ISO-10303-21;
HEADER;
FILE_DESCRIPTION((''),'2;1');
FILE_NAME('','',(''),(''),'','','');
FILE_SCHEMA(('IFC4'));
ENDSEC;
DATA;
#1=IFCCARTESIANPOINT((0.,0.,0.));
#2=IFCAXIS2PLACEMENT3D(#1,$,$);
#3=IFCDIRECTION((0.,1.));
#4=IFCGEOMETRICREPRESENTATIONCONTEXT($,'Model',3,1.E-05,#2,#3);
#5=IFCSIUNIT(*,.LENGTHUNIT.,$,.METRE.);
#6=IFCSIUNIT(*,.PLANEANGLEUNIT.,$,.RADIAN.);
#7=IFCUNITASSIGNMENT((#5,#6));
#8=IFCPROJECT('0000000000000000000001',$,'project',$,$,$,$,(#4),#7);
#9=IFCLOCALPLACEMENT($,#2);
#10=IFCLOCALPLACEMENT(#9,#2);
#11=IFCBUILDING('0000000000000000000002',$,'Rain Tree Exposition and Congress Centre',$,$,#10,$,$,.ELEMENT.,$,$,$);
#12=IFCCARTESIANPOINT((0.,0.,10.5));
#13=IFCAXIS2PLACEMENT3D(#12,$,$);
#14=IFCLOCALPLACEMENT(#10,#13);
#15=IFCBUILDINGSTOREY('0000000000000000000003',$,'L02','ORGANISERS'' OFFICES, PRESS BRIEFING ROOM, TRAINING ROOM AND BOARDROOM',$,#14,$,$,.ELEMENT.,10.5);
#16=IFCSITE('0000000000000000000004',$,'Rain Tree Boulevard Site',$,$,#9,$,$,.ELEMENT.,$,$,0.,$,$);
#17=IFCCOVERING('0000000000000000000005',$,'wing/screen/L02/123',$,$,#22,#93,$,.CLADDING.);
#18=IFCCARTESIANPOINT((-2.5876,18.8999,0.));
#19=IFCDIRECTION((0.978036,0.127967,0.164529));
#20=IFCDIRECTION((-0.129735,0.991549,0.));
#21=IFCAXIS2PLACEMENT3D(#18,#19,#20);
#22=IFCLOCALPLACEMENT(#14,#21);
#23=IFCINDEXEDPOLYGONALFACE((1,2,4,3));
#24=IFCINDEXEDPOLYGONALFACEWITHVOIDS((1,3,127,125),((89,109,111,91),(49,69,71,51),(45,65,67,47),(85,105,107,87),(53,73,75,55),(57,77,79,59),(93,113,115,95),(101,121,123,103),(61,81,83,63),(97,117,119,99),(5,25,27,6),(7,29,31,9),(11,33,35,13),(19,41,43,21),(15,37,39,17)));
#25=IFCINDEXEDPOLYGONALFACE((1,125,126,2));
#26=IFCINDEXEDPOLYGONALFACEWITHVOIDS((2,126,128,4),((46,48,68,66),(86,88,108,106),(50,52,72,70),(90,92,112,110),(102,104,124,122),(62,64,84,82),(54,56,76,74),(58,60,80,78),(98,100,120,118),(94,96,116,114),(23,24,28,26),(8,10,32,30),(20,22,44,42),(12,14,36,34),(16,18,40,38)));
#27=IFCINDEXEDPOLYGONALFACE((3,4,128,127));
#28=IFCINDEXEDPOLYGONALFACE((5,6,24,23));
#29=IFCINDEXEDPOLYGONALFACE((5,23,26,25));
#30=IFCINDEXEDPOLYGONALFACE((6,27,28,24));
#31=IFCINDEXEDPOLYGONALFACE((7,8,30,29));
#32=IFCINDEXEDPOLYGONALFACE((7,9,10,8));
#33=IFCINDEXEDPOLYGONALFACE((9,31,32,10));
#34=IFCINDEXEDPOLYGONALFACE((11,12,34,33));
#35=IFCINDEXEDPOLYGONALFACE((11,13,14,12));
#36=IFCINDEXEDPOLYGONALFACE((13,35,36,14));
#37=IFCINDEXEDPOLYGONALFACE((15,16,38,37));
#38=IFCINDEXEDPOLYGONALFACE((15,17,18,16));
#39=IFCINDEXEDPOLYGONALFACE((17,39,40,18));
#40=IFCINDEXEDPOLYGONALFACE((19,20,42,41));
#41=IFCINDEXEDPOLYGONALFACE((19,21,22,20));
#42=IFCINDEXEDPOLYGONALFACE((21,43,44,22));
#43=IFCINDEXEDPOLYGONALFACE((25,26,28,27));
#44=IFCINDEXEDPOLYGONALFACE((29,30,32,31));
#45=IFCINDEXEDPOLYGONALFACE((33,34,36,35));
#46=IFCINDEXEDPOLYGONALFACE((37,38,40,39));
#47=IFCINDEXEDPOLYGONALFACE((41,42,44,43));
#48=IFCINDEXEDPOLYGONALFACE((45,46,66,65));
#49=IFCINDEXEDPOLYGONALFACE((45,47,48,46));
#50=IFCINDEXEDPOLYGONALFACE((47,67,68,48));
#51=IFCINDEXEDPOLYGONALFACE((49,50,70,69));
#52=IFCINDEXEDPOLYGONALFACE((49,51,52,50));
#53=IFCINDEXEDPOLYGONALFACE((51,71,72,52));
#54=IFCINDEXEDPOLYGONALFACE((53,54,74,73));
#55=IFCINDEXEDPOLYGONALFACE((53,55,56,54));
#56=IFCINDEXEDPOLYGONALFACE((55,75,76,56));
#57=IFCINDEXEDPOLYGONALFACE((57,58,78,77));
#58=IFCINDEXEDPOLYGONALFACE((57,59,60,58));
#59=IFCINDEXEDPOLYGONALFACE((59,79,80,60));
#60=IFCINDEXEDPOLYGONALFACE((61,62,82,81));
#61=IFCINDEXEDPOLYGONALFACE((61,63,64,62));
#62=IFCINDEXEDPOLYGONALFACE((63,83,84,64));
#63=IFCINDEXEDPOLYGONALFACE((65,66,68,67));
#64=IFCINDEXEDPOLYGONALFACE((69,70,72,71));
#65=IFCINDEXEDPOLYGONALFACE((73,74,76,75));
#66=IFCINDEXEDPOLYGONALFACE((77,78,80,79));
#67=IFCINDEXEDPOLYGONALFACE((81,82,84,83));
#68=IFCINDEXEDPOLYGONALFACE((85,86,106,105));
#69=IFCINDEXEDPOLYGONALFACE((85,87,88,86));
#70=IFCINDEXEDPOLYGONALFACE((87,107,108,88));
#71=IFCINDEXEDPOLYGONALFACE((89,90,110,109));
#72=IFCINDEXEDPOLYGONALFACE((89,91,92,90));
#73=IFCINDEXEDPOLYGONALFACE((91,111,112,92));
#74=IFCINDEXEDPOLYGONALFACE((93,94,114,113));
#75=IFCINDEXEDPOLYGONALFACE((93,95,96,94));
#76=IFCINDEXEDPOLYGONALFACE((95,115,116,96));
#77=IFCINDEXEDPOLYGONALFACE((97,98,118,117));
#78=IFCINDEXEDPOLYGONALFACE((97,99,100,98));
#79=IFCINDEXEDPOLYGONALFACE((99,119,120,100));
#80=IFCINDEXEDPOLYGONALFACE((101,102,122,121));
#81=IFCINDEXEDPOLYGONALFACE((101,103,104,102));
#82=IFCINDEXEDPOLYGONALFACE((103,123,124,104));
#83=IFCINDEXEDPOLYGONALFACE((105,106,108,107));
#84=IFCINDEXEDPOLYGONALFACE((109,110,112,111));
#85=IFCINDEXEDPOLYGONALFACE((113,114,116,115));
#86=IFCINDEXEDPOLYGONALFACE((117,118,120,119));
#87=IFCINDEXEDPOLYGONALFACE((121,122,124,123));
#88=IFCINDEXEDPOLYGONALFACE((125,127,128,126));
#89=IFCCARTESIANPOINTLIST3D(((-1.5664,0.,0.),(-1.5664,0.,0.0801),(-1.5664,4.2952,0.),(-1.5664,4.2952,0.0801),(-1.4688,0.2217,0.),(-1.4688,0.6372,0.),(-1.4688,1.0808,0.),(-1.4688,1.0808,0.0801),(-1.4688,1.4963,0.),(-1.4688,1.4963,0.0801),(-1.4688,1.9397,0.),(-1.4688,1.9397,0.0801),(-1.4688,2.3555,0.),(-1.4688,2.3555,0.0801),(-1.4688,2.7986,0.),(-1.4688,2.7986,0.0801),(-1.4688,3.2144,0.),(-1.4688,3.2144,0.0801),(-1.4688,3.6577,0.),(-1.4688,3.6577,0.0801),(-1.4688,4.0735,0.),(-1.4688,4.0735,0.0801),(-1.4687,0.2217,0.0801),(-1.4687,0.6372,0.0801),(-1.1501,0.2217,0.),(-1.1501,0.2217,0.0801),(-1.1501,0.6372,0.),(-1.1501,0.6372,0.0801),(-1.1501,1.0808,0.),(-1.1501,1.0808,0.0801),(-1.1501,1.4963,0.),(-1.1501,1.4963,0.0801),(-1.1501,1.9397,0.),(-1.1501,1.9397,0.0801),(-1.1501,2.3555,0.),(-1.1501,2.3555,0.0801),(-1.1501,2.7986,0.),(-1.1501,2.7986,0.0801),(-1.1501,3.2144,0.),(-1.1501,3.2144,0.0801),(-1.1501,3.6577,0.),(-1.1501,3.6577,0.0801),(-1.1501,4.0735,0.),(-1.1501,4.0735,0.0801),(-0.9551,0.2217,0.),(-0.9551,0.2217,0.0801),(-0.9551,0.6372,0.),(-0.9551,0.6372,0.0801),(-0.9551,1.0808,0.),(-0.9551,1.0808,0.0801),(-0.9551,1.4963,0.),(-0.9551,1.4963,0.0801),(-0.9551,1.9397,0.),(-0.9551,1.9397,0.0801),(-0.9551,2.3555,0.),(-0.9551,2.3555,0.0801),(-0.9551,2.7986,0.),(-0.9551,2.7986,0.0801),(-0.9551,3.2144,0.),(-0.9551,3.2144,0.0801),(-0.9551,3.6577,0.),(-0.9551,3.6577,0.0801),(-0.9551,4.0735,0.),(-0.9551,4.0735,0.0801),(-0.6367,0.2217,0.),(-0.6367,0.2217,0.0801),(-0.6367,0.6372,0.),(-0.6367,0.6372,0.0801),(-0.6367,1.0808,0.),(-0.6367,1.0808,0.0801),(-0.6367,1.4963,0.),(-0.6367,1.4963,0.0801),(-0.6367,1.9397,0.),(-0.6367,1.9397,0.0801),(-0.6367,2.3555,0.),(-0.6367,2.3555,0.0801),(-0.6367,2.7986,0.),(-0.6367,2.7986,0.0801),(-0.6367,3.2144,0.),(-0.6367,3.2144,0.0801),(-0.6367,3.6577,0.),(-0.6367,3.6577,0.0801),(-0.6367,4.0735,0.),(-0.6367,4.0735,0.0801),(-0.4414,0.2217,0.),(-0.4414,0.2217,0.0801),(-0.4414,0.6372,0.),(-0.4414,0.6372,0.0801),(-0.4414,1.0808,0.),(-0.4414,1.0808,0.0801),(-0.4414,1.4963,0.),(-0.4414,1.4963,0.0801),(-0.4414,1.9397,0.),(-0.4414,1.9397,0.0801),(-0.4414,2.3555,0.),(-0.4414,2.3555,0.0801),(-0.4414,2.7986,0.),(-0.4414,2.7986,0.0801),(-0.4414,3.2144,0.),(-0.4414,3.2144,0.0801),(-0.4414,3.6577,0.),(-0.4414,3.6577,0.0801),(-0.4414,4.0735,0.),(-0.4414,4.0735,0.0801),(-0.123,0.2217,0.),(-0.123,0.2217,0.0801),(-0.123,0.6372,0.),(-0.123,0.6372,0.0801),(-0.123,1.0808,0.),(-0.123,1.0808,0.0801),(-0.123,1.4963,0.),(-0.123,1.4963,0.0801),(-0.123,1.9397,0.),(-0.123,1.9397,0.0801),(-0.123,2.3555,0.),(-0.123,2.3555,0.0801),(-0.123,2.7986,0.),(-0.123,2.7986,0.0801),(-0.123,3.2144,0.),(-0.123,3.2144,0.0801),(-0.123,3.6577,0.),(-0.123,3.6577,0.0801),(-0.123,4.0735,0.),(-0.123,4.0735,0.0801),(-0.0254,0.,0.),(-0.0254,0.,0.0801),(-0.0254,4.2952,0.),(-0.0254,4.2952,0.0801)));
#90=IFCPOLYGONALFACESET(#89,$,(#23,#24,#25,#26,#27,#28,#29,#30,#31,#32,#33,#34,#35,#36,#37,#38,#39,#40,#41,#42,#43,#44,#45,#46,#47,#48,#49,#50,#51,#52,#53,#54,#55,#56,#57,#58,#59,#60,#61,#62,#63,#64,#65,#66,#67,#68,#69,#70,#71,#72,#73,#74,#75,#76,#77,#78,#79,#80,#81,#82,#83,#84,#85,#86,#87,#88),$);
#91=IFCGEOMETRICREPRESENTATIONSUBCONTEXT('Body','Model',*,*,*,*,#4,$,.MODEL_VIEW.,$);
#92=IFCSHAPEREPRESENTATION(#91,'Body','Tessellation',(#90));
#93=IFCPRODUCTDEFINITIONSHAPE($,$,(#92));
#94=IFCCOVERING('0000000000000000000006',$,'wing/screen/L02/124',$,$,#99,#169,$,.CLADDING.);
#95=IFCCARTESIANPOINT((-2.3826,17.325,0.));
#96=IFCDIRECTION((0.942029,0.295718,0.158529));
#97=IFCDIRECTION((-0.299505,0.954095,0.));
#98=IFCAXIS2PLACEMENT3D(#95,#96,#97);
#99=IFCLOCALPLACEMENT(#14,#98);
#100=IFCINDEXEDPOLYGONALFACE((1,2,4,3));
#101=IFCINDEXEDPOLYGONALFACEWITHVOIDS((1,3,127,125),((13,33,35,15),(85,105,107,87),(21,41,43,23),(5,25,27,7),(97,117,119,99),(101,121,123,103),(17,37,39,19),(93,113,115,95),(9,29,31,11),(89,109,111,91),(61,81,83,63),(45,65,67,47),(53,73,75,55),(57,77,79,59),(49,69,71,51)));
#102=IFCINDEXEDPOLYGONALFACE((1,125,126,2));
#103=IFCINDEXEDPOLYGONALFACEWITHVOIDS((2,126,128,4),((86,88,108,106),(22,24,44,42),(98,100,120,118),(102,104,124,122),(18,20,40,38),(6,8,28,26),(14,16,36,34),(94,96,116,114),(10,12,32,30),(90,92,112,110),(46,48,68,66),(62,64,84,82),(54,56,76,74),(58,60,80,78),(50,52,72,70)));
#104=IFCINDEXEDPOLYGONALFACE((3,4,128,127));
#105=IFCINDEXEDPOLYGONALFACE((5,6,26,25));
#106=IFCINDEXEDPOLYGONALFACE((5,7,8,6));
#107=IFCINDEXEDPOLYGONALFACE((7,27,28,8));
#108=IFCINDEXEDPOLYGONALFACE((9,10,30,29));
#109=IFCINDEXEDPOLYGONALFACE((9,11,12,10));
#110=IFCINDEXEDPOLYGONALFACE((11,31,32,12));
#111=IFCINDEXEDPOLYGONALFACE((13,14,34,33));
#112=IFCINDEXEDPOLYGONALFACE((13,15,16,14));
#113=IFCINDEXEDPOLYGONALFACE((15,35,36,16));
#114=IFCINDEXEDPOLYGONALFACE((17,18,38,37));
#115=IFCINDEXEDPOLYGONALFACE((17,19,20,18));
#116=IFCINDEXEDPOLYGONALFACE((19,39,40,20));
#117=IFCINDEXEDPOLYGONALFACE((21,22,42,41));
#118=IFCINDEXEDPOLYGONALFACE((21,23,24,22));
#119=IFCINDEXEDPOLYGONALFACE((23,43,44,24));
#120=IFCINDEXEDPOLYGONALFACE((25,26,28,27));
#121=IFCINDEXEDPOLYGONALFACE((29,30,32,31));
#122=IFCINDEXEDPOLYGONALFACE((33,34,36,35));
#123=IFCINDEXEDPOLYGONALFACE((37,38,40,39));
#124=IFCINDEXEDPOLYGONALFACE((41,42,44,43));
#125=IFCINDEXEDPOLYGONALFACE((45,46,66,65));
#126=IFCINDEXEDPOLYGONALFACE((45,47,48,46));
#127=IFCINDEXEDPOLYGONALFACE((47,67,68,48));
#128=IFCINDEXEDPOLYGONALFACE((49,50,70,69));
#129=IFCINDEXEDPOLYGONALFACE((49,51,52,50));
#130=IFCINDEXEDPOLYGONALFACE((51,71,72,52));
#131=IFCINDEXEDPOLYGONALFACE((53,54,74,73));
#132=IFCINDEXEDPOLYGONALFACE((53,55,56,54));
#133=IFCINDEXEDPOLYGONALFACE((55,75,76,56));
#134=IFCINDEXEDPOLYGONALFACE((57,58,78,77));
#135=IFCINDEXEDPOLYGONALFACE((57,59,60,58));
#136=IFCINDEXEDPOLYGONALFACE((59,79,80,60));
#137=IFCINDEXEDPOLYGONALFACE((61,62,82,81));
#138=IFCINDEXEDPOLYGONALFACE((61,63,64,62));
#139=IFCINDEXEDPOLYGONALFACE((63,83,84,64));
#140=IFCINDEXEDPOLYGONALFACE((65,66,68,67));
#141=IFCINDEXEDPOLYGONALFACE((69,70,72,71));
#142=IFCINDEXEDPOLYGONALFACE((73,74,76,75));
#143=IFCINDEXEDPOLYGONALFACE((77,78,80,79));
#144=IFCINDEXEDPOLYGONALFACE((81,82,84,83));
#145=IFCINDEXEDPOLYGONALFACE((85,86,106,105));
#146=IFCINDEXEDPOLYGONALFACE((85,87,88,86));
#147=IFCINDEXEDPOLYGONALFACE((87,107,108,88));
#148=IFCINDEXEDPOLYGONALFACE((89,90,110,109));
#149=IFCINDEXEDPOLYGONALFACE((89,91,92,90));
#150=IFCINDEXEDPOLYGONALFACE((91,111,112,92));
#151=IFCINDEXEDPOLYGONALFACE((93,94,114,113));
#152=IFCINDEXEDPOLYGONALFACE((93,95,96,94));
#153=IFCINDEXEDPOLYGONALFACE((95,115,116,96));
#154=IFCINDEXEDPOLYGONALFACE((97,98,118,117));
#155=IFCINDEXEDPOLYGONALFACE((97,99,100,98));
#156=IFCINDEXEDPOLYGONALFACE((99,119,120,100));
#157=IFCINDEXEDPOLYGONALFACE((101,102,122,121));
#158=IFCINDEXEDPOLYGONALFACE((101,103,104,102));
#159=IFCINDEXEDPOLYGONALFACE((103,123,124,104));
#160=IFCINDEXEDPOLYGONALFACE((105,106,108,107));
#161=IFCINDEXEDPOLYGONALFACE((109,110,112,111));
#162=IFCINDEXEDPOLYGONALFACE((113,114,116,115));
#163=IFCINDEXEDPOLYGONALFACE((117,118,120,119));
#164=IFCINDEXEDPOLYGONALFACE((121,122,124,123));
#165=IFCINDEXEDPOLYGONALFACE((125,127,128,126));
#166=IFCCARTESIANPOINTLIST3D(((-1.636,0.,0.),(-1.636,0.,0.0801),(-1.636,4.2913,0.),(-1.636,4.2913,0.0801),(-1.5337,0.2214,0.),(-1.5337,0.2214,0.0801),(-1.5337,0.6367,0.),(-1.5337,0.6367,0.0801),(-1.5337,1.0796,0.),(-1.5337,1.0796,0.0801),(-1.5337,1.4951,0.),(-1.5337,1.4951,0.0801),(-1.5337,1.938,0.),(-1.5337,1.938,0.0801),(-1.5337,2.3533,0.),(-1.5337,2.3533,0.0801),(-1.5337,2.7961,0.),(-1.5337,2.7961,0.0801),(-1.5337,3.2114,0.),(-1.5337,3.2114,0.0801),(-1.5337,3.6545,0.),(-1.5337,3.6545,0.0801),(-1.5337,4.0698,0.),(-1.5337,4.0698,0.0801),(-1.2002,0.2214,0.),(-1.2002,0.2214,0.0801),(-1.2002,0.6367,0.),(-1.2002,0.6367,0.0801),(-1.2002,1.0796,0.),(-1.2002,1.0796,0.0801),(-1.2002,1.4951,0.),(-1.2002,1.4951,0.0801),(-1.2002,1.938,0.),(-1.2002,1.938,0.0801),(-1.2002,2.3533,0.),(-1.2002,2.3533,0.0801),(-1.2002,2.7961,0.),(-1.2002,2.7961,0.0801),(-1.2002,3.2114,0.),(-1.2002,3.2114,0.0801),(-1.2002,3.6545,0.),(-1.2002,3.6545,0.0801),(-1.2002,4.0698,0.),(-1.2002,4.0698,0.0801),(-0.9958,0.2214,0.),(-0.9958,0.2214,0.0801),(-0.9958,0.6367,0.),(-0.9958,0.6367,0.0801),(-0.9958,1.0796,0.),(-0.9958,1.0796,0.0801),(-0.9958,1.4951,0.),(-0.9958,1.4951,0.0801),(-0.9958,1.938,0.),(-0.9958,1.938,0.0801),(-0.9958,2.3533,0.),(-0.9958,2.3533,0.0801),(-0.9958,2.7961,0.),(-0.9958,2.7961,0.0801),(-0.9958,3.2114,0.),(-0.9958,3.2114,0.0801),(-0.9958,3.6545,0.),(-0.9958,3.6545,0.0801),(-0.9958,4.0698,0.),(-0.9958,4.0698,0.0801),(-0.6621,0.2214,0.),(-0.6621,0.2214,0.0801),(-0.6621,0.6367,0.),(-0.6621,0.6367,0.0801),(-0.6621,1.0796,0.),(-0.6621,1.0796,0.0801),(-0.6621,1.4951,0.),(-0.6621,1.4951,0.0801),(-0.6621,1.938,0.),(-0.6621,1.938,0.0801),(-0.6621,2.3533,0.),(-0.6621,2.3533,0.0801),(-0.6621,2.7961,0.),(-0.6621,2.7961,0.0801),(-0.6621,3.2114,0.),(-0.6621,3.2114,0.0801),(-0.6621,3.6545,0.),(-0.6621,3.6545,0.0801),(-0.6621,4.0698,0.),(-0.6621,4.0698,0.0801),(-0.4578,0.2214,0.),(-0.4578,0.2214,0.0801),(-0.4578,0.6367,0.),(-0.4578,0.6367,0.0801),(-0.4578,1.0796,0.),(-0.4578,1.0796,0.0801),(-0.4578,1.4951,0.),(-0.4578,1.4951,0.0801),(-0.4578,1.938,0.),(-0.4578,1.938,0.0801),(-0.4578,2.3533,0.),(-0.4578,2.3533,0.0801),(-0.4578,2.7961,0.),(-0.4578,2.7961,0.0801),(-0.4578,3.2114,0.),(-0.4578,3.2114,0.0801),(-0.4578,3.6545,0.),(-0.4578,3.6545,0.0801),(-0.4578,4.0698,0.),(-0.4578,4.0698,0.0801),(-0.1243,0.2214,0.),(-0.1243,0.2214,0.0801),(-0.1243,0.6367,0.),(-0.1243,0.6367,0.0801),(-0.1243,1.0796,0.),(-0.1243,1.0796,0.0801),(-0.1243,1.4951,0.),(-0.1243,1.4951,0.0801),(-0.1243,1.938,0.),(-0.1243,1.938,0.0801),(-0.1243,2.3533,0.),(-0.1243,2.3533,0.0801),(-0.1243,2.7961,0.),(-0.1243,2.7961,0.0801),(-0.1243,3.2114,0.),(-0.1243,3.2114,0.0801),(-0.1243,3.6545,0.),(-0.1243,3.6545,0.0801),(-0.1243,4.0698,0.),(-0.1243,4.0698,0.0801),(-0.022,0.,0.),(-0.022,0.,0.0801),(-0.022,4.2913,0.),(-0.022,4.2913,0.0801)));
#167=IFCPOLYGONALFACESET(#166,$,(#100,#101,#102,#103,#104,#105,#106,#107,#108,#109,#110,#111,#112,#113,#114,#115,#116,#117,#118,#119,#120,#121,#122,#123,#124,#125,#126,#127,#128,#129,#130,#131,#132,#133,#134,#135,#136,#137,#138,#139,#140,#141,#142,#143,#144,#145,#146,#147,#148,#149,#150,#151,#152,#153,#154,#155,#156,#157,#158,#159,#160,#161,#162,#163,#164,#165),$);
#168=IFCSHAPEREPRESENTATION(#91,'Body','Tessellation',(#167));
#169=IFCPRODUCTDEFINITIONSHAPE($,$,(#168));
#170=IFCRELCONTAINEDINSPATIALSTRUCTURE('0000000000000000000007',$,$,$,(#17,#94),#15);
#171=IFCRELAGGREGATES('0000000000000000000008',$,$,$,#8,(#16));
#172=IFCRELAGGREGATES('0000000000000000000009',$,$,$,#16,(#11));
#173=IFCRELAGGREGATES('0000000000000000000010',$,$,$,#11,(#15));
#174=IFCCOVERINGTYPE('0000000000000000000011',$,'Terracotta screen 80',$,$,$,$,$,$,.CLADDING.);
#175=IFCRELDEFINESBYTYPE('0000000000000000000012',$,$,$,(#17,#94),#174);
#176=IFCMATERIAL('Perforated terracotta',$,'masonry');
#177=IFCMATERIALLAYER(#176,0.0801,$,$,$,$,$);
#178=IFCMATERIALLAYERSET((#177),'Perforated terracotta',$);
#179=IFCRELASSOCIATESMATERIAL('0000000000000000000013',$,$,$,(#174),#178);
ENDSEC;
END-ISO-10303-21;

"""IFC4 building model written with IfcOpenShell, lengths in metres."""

from ifc_helpers import new_model, si_unit, direction, frame, origin, place, context, subcontext, project, spatial, polyline, outline, extrude, material, layer, layer_set, type_object, element, save


model = new_model("IFC4")

# Units and contexts
model_context = context("Model", 3, precision=1e-05, world=origin(), true_north=direction((0.0, 1.0)))
body_context = subcontext(model_context, "Body", "Model", "MODEL_VIEW")
ifc_project = project(units=[si_unit("LENGTHUNIT", "METRE"), si_unit("PLANEANGLEUNIT", "RADIAN")], contexts=[model_context])

# Site, building, storey
site_placement = place(None, origin())
site = spatial("IfcSite", under=ifc_project, at=site_placement, Name="Rain Tree Boulevard Site", CompositionType="ELEMENT", RefElevation=0.0)
building_placement = place(site_placement, origin())
building = spatial("IfcBuilding", under=site, at=building_placement, Name="Rain Tree Exposition and Congress Centre", CompositionType="ELEMENT")
storey_placement = place(building_placement, frame((0.0, 0.0, 10.5)))
storey = spatial("IfcBuildingStorey", under=building, at=storey_placement, Name="L02", Description="ORGANISERS' OFFICES, PRESS BRIEFING ROOM, TRAINING ROOM AND BOARDROOM", CompositionType="ELEMENT", Elevation=10.5)

# Coverings
ifc_material_1 = material(Name="Perforated terracotta", Category="masonry")
ifc_layer_1 = layer(ifc_material_1, 0.0801)
ifc_layer_set_1 = layer_set([ifc_layer_1], Name="Perforated terracotta")
covering_type = type_object("IfcCoveringType", Name="Terracotta screen 80", PredefinedType="CLADDING", material=ifc_layer_set_1)
covering_1_placement = place(storey_placement, frame((-2.5876, 18.8999, 0.0), z_axis=(0.978036, 0.127967, 0.164529), x_axis=(-0.129735, 0.991549, 0.0)))
element("IfcCovering", 1, at=covering_1_placement, inside=storey, type_object=covering_type, Name="wing/screen/L02/123", PredefinedType="CLADDING", context=body_context, shape_type="SweptSolid", body=[
    extrude(outline(polyline([(-1.5664, 0.0), (-1.5664, 4.2952), (-0.0254, 4.2952), (-0.0254, 0.0), (-1.5664, 0.0)]), holes=[polyline([(-0.123, 0.2217), (-0.123, 0.6372), (-0.4414, 0.6372), (-0.4414, 0.2217), (-0.123, 0.2217)]), polyline([(-0.123, 1.0808), (-0.123, 1.4963), (-0.4414, 1.4963), (-0.4414, 1.0808), (-0.123, 1.0808)]), polyline([(-0.123, 1.9397), (-0.123, 2.3555), (-0.4414, 2.3555), (-0.4414, 1.9397), (-0.123, 1.9397)]), polyline([(-0.123, 2.7986), (-0.123, 3.2144), (-0.4414, 3.2144), (-0.4414, 2.7986), (-0.123, 2.7986)]), polyline([(-0.123, 3.6577), (-0.123, 4.0735), (-0.4414, 4.0735), (-0.4414, 3.6577), (-0.123, 3.6577)]), polyline([(-0.6367, 0.2217), (-0.6367, 0.6372), (-0.9551, 0.6372), (-0.9551, 0.2217), (-0.6367, 0.2217)]), polyline([(-0.6367, 1.0808), (-0.6367, 1.4963), (-0.9551, 1.4963), (-0.9551, 1.0808), (-0.6367, 1.0808)]), polyline([(-0.6367, 1.9397), (-0.6367, 2.3555), (-0.9551, 2.3555), (-0.9551, 1.9397), (-0.6367, 1.9397)]), polyline([(-0.6367, 2.7986), (-0.6367, 3.2144), (-0.9551, 3.2144), (-0.9551, 2.7986), (-0.6367, 2.7986)]), polyline([(-0.6367, 3.6577), (-0.6367, 4.0735), (-0.9551, 4.0735), (-0.9551, 3.6577), (-0.6367, 3.6577)]), polyline([(-1.1501, 0.2217), (-1.1501, 0.6372), (-1.4688, 0.6372), (-1.4688, 0.2217), (-1.1501, 0.2217)]), polyline([(-1.1501, 1.0808), (-1.1501, 1.4963), (-1.4688, 1.4963), (-1.4688, 1.0808), (-1.1501, 1.0808)]), polyline([(-1.1501, 1.9397), (-1.1501, 2.3555), (-1.4688, 2.3555), (-1.4688, 1.9397), (-1.1501, 1.9397)]), polyline([(-1.1501, 2.7986), (-1.1501, 3.2144), (-1.4688, 3.2144), (-1.4688, 2.7986), (-1.1501, 2.7986)]), polyline([(-1.1501, 3.6577), (-1.1501, 4.0735), (-1.4688, 4.0735), (-1.4688, 3.6577), (-1.1501, 3.6577)])]), origin(), (0.0, 0.0, 1.0), 0.0801),
])
covering_2_placement = place(storey_placement, frame((-2.3826, 17.325, 0.0), z_axis=(0.942029, 0.295718, 0.158529), x_axis=(-0.299505, 0.954095, 0.0)))
element("IfcCovering", 2, at=covering_2_placement, inside=storey, type_object=covering_type, Name="wing/screen/L02/124", PredefinedType="CLADDING", context=body_context, shape_type="SweptSolid", body=[
    extrude(outline(polyline([(-1.636, 0.0), (-1.636, 4.2913), (-0.022, 4.2913), (-0.022, 0.0), (-1.636, 0.0)]), holes=[polyline([(-0.1243, 0.2214), (-0.1243, 0.6367), (-0.4578, 0.6367), (-0.4578, 0.2214), (-0.1243, 0.2214)]), polyline([(-0.1243, 1.0796), (-0.1243, 1.4951), (-0.4578, 1.4951), (-0.4578, 1.0796), (-0.1243, 1.0796)]), polyline([(-0.1243, 1.938), (-0.1243, 2.3533), (-0.4578, 2.3533), (-0.4578, 1.938), (-0.1243, 1.938)]), polyline([(-0.1243, 2.7961), (-0.1243, 3.2114), (-0.4578, 3.2114), (-0.4578, 2.7961), (-0.1243, 2.7961)]), polyline([(-0.1243, 3.6545), (-0.1243, 4.0698), (-0.4578, 4.0698), (-0.4578, 3.6545), (-0.1243, 3.6545)]), polyline([(-0.6621, 0.2214), (-0.6621, 0.6367), (-0.9958, 0.6367), (-0.9958, 0.2214), (-0.6621, 0.2214)]), polyline([(-0.6621, 1.0796), (-0.6621, 1.4951), (-0.9958, 1.4951), (-0.9958, 1.0796), (-0.6621, 1.0796)]), polyline([(-0.6621, 1.938), (-0.6621, 2.3533), (-0.9958, 2.3533), (-0.9958, 1.938), (-0.6621, 1.938)]), polyline([(-0.6621, 2.7961), (-0.6621, 3.2114), (-0.9958, 3.2114), (-0.9958, 2.7961), (-0.6621, 2.7961)]), polyline([(-0.6621, 3.6545), (-0.6621, 4.0698), (-0.9958, 4.0698), (-0.9958, 3.6545), (-0.6621, 3.6545)]), polyline([(-1.2002, 0.2214), (-1.2002, 0.6367), (-1.5337, 0.6367), (-1.5337, 0.2214), (-1.2002, 0.2214)]), polyline([(-1.2002, 1.0796), (-1.2002, 1.4951), (-1.5337, 1.4951), (-1.5337, 1.0796), (-1.2002, 1.0796)]), polyline([(-1.2002, 1.938), (-1.2002, 2.3533), (-1.5337, 2.3533), (-1.5337, 1.938), (-1.2002, 1.938)]), polyline([(-1.2002, 2.7961), (-1.2002, 3.2114), (-1.5337, 3.2114), (-1.5337, 2.7961), (-1.2002, 2.7961)]), polyline([(-1.2002, 3.6545), (-1.2002, 4.0698), (-1.5337, 4.0698), (-1.5337, 3.6545), (-1.2002, 3.6545)])]), origin(), (0.0, 0.0, 1.0), 0.0801),
])

save(model, "model.ifc")
